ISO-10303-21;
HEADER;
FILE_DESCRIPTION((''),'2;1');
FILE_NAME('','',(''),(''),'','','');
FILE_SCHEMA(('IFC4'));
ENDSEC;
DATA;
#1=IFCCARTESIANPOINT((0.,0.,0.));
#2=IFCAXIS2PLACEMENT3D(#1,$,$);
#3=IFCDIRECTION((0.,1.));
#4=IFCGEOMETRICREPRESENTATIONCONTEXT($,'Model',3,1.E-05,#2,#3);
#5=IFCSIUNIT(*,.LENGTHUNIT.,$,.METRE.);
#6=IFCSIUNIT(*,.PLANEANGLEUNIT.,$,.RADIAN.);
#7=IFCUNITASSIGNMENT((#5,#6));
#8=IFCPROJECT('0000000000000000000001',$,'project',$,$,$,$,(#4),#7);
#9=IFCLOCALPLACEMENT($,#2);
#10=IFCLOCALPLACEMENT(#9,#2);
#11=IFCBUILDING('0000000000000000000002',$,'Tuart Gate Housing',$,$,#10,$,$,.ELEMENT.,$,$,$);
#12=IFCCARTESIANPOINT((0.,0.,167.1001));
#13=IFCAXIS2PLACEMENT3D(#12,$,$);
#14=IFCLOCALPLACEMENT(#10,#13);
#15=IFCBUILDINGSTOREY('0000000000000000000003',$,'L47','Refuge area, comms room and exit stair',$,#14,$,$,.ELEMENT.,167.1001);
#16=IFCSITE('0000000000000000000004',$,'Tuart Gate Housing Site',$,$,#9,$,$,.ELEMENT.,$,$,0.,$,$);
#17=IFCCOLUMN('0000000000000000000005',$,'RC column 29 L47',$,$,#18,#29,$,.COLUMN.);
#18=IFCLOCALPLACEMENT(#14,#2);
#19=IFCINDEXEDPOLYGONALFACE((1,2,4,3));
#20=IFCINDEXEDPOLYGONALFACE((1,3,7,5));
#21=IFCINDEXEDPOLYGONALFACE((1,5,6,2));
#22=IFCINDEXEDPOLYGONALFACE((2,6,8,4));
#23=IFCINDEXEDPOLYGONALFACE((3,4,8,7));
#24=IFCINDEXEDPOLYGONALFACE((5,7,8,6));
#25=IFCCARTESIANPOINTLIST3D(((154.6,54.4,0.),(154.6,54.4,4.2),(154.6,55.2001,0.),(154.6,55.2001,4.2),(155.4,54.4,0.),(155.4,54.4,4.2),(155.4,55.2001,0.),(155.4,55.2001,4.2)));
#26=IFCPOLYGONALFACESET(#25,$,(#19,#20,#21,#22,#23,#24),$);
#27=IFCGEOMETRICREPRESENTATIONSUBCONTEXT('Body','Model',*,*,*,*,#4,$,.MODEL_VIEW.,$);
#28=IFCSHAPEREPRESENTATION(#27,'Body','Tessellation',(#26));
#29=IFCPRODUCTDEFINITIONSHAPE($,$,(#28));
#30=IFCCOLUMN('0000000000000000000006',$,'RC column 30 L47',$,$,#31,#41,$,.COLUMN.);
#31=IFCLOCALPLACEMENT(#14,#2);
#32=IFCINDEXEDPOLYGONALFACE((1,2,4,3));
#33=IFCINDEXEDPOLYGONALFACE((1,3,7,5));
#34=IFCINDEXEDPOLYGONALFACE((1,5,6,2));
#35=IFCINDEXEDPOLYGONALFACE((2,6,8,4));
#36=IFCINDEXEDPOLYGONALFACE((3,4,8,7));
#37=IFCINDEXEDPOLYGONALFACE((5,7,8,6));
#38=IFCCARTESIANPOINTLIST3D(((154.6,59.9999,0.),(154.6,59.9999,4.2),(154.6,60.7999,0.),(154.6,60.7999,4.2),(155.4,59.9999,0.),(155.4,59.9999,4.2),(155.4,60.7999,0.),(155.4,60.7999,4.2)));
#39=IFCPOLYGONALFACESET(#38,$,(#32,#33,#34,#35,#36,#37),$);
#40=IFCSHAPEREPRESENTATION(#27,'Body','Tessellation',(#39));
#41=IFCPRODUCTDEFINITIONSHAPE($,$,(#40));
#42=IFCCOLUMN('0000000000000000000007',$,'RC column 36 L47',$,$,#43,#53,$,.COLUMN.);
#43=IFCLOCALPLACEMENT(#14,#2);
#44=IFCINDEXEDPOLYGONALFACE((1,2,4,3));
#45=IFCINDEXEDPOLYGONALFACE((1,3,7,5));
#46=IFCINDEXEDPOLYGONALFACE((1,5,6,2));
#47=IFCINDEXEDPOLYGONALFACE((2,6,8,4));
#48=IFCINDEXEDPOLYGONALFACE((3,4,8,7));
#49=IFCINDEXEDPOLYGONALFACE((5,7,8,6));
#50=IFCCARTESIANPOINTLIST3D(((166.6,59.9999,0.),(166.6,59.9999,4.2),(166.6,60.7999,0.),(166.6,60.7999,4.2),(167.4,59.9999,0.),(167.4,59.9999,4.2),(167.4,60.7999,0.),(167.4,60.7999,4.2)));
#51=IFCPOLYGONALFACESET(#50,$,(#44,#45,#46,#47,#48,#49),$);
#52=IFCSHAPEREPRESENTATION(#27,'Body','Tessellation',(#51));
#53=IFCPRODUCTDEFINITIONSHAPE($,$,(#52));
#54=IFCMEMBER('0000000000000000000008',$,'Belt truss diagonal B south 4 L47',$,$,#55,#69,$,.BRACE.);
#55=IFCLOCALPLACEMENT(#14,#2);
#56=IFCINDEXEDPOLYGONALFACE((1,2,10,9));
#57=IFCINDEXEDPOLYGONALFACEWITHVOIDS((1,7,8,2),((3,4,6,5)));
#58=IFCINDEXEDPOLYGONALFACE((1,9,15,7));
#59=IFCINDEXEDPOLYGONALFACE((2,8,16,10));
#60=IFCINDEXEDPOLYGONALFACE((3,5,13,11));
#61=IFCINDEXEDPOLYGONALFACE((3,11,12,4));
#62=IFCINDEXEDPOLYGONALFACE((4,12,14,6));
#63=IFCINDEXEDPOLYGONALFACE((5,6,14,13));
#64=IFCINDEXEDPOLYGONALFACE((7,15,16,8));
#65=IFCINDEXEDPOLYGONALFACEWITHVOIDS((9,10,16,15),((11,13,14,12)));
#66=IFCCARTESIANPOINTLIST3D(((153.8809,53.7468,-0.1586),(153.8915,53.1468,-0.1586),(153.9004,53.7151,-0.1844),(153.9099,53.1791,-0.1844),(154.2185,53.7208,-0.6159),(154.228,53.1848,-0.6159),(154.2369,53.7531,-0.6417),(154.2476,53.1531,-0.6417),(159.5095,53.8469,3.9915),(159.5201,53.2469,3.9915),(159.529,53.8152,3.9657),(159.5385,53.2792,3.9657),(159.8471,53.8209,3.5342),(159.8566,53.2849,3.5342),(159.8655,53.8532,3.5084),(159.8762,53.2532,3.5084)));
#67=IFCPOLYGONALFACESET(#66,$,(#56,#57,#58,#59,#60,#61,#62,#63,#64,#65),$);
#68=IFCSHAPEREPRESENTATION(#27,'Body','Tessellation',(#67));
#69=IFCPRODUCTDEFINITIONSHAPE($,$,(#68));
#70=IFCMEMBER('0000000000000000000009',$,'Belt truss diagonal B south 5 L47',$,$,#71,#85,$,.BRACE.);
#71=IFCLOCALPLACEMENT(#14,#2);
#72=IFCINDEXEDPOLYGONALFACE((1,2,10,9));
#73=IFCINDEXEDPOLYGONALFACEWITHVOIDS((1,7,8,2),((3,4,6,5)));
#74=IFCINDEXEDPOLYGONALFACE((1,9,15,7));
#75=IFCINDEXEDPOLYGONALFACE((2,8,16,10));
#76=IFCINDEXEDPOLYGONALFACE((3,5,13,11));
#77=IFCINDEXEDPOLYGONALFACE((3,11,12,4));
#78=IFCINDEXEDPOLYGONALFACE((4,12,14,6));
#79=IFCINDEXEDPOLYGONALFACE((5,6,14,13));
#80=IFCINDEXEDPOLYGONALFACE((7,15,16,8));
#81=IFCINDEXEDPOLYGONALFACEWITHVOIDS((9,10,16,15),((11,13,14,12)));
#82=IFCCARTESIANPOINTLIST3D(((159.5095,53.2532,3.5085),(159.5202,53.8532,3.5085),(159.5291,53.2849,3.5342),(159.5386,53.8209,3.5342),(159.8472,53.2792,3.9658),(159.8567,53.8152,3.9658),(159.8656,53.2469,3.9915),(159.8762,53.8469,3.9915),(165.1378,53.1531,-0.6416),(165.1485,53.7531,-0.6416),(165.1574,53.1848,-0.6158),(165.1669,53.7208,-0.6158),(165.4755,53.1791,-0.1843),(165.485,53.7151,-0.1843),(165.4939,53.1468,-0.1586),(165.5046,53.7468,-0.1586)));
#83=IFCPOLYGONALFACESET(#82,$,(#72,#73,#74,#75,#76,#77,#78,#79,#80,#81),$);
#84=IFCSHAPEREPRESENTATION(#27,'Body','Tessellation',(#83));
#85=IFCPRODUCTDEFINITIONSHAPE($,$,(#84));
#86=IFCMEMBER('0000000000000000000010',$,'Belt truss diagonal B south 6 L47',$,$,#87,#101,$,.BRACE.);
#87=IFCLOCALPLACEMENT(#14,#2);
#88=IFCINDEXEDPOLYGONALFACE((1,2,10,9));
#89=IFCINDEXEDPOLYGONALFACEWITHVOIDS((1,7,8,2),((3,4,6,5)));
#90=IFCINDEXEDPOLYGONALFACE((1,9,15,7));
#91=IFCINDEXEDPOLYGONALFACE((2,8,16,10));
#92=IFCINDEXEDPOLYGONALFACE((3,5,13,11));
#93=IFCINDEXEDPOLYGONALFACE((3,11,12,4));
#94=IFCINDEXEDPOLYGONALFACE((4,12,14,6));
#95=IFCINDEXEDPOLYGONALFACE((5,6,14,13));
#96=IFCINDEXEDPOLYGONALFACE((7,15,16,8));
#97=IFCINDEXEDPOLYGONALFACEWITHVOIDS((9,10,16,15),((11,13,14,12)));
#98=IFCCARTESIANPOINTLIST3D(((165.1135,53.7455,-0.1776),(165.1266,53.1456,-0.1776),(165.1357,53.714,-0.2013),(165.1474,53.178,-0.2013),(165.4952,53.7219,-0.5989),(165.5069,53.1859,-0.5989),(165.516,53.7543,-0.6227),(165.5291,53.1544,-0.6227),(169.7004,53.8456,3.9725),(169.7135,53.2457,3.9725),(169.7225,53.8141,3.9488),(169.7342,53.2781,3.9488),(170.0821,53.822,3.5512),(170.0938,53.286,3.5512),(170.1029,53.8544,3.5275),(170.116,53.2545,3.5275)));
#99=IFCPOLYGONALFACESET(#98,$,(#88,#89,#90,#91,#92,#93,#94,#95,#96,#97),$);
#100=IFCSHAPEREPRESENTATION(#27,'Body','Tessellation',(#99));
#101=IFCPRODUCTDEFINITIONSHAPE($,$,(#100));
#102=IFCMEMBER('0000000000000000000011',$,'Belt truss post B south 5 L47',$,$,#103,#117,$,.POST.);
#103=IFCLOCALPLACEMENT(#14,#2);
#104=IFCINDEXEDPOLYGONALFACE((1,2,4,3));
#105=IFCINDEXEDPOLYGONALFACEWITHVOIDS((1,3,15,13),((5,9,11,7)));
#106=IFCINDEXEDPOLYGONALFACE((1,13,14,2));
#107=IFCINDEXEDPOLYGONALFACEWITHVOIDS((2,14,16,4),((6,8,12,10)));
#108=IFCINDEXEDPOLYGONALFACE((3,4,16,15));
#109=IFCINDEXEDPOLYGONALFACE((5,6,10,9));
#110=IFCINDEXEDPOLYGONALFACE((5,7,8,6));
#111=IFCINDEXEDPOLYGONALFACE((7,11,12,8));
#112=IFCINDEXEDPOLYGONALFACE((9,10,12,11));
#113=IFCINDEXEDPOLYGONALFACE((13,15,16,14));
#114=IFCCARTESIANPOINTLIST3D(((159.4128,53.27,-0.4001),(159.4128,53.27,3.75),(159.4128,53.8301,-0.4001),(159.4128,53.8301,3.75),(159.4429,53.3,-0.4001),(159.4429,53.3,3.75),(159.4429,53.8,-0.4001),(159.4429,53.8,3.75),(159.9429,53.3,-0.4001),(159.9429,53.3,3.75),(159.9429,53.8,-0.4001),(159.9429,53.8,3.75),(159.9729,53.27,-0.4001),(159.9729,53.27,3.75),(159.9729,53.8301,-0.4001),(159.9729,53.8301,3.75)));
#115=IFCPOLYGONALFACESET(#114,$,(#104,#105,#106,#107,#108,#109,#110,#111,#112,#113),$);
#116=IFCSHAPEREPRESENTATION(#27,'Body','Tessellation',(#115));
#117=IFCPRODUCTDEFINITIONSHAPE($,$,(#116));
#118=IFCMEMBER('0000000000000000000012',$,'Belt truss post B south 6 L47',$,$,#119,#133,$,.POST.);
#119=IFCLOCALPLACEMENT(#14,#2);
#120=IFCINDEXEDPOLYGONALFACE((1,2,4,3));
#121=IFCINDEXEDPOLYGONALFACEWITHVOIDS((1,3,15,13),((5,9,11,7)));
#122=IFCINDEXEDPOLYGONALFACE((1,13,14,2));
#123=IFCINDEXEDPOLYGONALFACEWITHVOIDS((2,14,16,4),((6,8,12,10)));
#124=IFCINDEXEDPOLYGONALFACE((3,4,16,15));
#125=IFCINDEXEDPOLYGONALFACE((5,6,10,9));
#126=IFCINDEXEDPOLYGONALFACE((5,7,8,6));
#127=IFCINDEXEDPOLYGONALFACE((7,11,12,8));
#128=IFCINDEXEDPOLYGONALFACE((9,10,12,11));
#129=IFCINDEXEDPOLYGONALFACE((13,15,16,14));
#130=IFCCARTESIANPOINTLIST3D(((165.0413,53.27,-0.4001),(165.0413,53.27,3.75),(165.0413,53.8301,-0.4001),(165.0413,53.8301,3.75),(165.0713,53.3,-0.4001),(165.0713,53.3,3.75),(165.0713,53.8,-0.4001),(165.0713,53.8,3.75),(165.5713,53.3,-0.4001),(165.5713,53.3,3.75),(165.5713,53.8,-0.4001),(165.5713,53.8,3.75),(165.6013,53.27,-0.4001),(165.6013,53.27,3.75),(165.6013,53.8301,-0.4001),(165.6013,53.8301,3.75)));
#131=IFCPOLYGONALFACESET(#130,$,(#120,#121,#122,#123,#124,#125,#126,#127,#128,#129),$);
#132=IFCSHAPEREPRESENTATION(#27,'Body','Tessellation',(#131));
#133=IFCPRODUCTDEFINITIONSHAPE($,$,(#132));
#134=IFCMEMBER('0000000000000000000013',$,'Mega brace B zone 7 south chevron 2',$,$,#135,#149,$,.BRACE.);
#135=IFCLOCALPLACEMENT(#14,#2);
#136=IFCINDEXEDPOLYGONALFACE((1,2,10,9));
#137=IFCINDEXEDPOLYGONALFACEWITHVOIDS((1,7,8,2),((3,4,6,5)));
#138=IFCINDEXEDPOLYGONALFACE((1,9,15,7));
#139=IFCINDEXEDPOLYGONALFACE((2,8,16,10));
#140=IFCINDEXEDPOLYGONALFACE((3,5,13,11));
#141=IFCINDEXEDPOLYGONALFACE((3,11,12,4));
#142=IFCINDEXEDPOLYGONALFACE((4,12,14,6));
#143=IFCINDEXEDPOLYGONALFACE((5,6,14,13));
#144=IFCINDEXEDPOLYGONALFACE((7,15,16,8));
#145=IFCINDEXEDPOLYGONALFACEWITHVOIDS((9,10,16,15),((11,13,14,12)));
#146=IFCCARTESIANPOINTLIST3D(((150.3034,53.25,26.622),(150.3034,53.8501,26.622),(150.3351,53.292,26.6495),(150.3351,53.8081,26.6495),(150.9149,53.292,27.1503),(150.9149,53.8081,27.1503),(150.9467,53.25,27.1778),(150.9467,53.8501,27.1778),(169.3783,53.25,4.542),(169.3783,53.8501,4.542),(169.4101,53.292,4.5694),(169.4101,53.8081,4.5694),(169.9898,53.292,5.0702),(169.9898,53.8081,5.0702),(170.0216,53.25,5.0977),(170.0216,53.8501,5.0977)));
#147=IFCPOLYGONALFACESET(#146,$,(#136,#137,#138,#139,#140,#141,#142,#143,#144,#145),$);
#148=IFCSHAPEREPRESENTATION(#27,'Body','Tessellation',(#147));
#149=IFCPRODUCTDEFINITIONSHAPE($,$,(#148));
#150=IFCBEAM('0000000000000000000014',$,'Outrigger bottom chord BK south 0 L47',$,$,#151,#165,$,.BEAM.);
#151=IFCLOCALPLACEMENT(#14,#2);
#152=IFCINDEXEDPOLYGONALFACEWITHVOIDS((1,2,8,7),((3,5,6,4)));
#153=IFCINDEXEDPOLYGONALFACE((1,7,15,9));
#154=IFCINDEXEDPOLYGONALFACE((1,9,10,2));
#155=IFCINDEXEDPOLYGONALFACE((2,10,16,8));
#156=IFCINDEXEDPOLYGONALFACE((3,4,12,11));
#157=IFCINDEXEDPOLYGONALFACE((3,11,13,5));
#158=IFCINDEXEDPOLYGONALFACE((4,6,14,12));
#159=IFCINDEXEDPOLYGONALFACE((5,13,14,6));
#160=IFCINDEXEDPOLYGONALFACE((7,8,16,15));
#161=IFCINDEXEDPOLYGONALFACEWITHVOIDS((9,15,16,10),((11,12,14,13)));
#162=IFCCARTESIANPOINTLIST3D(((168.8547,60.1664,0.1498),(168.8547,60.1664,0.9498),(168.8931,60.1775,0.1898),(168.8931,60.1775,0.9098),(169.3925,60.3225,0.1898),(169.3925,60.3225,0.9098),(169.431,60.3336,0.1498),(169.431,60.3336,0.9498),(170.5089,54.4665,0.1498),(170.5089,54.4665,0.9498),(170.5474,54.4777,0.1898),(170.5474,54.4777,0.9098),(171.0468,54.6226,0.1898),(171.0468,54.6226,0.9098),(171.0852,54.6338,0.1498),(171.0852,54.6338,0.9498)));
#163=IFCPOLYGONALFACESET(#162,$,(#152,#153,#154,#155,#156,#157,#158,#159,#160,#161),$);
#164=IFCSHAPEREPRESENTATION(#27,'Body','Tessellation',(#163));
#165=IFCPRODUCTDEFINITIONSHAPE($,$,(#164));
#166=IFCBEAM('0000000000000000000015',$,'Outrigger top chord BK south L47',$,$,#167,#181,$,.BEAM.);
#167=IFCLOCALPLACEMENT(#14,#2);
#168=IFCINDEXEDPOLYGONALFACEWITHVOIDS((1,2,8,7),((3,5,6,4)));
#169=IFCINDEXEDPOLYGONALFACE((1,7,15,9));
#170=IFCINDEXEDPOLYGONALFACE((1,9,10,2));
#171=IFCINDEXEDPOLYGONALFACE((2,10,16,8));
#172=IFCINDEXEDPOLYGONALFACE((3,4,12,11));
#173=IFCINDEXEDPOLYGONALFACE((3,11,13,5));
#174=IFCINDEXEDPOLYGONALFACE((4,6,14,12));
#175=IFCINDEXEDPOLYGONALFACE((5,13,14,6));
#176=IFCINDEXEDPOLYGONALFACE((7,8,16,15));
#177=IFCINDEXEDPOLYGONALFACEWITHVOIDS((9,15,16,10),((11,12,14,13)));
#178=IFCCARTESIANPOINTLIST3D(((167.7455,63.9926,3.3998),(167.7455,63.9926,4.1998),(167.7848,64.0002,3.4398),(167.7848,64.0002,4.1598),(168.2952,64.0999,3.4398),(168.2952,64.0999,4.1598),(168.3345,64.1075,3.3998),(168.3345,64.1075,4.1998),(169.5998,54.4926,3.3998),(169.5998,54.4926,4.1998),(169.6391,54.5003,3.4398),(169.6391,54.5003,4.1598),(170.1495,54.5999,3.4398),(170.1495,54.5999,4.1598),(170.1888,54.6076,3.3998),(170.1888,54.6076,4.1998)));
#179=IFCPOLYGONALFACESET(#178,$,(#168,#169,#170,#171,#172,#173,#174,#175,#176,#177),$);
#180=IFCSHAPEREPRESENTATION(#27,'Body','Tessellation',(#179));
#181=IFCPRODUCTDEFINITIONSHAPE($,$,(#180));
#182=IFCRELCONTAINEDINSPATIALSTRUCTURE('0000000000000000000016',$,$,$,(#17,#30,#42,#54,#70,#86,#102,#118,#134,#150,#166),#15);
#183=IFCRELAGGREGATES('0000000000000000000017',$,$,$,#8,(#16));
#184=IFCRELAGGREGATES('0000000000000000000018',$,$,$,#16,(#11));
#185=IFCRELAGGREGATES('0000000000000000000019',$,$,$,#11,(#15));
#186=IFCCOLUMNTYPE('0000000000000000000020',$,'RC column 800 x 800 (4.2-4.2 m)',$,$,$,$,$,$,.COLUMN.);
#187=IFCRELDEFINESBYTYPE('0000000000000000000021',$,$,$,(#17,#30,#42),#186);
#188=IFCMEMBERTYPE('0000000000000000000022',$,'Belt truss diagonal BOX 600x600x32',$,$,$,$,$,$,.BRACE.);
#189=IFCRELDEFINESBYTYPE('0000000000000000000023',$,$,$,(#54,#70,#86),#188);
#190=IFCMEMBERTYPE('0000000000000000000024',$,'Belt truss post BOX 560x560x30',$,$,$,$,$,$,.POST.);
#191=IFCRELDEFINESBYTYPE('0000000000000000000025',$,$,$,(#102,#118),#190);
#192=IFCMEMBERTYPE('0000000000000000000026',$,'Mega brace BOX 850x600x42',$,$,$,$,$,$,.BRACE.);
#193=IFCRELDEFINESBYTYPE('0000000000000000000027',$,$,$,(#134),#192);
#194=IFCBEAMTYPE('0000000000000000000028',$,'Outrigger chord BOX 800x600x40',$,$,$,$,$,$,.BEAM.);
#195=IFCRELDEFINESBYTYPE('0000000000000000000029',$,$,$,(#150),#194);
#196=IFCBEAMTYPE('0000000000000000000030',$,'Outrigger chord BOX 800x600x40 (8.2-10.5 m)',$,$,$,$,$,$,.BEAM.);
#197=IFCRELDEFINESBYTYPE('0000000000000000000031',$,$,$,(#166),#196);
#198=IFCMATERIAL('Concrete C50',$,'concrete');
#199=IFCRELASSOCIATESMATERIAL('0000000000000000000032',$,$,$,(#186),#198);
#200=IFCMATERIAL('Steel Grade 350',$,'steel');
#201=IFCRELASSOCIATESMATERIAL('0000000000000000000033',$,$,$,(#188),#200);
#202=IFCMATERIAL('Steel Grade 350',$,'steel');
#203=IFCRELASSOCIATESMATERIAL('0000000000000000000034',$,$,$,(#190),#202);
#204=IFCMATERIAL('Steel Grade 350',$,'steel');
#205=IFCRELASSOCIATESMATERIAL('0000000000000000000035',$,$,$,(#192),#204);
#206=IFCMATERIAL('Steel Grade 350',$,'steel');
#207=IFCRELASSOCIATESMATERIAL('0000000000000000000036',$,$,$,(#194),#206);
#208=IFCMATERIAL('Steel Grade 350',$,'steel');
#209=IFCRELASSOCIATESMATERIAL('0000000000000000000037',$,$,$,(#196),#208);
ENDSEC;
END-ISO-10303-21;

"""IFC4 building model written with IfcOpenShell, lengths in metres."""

from ifc_helpers import new_model, si_unit, direction, frame, origin, origin_2d, place, context, subcontext, project, spatial, rectangle, hollow_rectangle, extrude, material, material_profile, profile_set, type_object, element, save


model = new_model("IFC4")

# Units and contexts
model_context = context("Model", 3, precision=1e-05, world=origin(), true_north=direction((0.0, 1.0)))
body_context = subcontext(model_context, "Body", "Model", "MODEL_VIEW")
ifc_project = project(units=[si_unit("LENGTHUNIT", "METRE"), si_unit("PLANEANGLEUNIT", "RADIAN")], contexts=[model_context])

# Site, building, storey
site_placement = place(None, origin())
site = spatial("IfcSite", under=ifc_project, at=site_placement, Name="Tuart Gate Housing Site", CompositionType="ELEMENT", RefElevation=0.0)
building_placement = place(site_placement, origin())
building = spatial("IfcBuilding", under=site, at=building_placement, Name="Tuart Gate Housing", CompositionType="ELEMENT")
storey_placement = place(building_placement, frame((0.0, 0.0, 167.1001)))
storey = spatial("IfcBuildingStorey", under=building, at=storey_placement, Name="L47", Description="Refuge area, comms room and exit stair", CompositionType="ELEMENT", Elevation=167.1001)

# Columns
ifc_material_1 = material(Name="Concrete C50", Category="concrete")
ifc_material_profile_1 = material_profile(ifc_material_1, rectangle(XDim=0.8, YDim=0.8, at=origin_2d()), Name="RC column 800 x 800 (4.2-4.2 m)")
ifc_profile_set_1 = profile_set([ifc_material_profile_1], Name="Concrete C50")
column_type = type_object("IfcColumnType", Name="RC column 800 x 800 (4.2-4.2 m)", PredefinedType="COLUMN", material=ifc_profile_set_1)
for number, where, z_axis, x_axis, name in (
    (1, (155.0, 54.8, 0.0), (0.0, 0.0, 1.0), (1.0, 0.0, 0.0), "RC column 29 L47"),
    (2, (155.0, 60.3999, 0.0), (0.0, 0.0, 1.0), (1.0, 0.0, 0.0), "RC column 30 L47"),
    (3, (167.0, 60.3999, 0.0), (0.0, 0.0, 1.0), (1.0, 0.0, 0.0), "RC column 36 L47"),
):
    element("IfcColumn", number, at=place(storey_placement, frame(where, z_axis=z_axis, x_axis=x_axis)), inside=storey, type_object=column_type, Name=name, PredefinedType="COLUMN", context=body_context, shape_type="SweptSolid", body=[
        extrude(rectangle(XDim=0.8, YDim=0.8, at=origin_2d()), origin(), (0.0, 0.0, 1.0), 4.2),
    ])

# Members
ifc_material_2 = material(Name="Steel Grade 350", Category="steel")
ifc_material_profile_2 = material_profile(ifc_material_2, hollow_rectangle(XDim=0.6001, YDim=0.6001, WallThickness=0.032, at=origin_2d()), Name="BOX 600x600x32")
ifc_profile_set_2 = profile_set([ifc_material_profile_2], Name="Steel Grade 350")
member_type_1 = type_object("IfcMemberType", Name="Belt truss diagonal BOX 600x600x32", PredefinedType="BRACE", material=ifc_profile_set_2)
member_1_placement = place(storey_placement, frame((154.0642, 53.45, -0.4001), z_axis=(0.804788, 0.014312, 0.593389), x_axis=(-0.017781, 0.999842, 0.0)))
element("IfcMember", 4, at=member_1_placement, inside=storey, type_object=member_type_1, Name="Belt truss diagonal B south 4 L47", PredefinedType="BRACE", context=body_context, shape_type="SweptSolid", body=[
    extrude(hollow_rectangle(XDim=0.6001, YDim=0.6001, WallThickness=0.032, at=origin_2d()), origin(), (0.0, 0.0, 1.0), 6.9939),
])
member_2_placement = place(storey_placement, frame((159.6929, 53.55, 3.75), z_axis=(0.804776, -0.014312, -0.593406), x_axis=(0.017782, 0.999842, 0.0)))
element("IfcMember", 5, at=member_2_placement, inside=storey, type_object=member_type_1, Name="Belt truss diagonal B south 5 L47", PredefinedType="BRACE", context=body_context, shape_type="SweptSolid", body=[
    extrude(hollow_rectangle(XDim=0.6001, YDim=0.6001, WallThickness=0.032, at=origin_2d()), origin(), (0.0, 0.0, 1.0), 6.9937),
])
member_3_placement = place(storey_placement, frame((165.3213, 53.45, -0.4001), z_axis=(0.741432, 0.01618, 0.670833), x_axis=(-0.021817, 0.999762, 0.0)))
element("IfcMember", 6, at=member_3_placement, inside=storey, type_object=member_type_1, Name="Belt truss diagonal B south 6 L47", PredefinedType="BRACE", context=body_context, shape_type="SweptSolid", body=[
    extrude(hollow_rectangle(XDim=0.6001, YDim=0.6001, WallThickness=0.032, at=origin_2d()), origin(), (0.0, 0.0, 1.0), 6.1865),
])
ifc_material_3 = material(Name="Steel Grade 350", Category="steel")
ifc_material_profile_3 = material_profile(ifc_material_3, hollow_rectangle(XDim=0.5601, YDim=0.5601, WallThickness=0.03, at=origin_2d()), Name="BOX 560x560x30")
ifc_profile_set_3 = profile_set([ifc_material_profile_3], Name="Steel Grade 350")
member_type_2 = type_object("IfcMemberType", Name="Belt truss post BOX 560x560x30", PredefinedType="POST", material=ifc_profile_set_3)
for number, where, z_axis, x_axis, name in (
    (7, (159.6929, 53.55, -0.4001), (0.0, 0.0, 1.0), (1.0, 0.0, 0.0), "Belt truss post B south 5 L47"),
    (8, (165.3213, 53.55, -0.4001), (0.0, 0.0, 1.0), (1.0, 0.0, 0.0), "Belt truss post B south 6 L47"),
):
    element("IfcMember", number, at=place(storey_placement, frame(where, z_axis=z_axis, x_axis=x_axis)), inside=storey, type_object=member_type_2, Name=name, PredefinedType="POST", context=body_context, shape_type="SweptSolid", body=[
        extrude(hollow_rectangle(XDim=0.5601, YDim=0.5601, WallThickness=0.03, at=origin_2d()), origin(), (0.0, 0.0, 1.0), 4.1501),
    ])
ifc_material_4 = material(Name="Steel Grade 350", Category="steel")
ifc_material_profile_4 = material_profile(ifc_material_4, hollow_rectangle(XDim=0.6001, YDim=0.8501, WallThickness=0.042, at=origin_2d()), Name="BOX 850x600x42")
ifc_profile_set_4 = profile_set([ifc_material_profile_4], Name="Steel Grade 350")
member_type_3 = type_object("IfcMemberType", Name="Mega brace BOX 850x600x42", PredefinedType="BRACE", material=ifc_profile_set_4)
member_4_placement = place(storey_placement, frame((169.7, 53.55, 4.8198), z_axis=(-0.653734, 0.0, 0.756725), x_axis=(0.0, -1.0, 0.0)))
element("IfcMember", 9, at=member_4_placement, inside=storey, type_object=member_type_3, Name="Mega brace B zone 7 south chevron 2", PredefinedType="BRACE", context=body_context, shape_type="SweptSolid", body=[
    extrude(hollow_rectangle(XDim=0.6001, YDim=0.8501, WallThickness=0.042, at=origin_2d()), origin(), (0.0, 0.0, 1.0), 29.1785),
])

# Beams
ifc_material_5 = material(Name="Steel Grade 350", Category="steel")
ifc_material_profile_5 = material_profile(ifc_material_5, hollow_rectangle(XDim=0.6001, YDim=0.8, WallThickness=0.04, at=origin_2d()), Name="BOX 800x600x40")
ifc_profile_set_5 = profile_set([ifc_material_profile_5], Name="Steel Grade 350")
beam_type_1 = type_object("IfcBeamType", Name="Outrigger chord BOX 800x600x40", PredefinedType="BEAM", material=ifc_profile_set_5)
beam_1_placement = place(storey_placement, frame((169.1428, 60.25, 0.5498), z_axis=(0.278728, -0.96037, 0.0), x_axis=(0.96037, 0.278728, 0.0)))
element("IfcBeam", 10, at=beam_1_placement, inside=storey, type_object=beam_type_1, Name="Outrigger bottom chord BK south 0 L47", PredefinedType="BEAM", context=body_context, shape_type="SweptSolid", body=[
    extrude(hollow_rectangle(XDim=0.6001, YDim=0.8, WallThickness=0.04, at=origin_2d()), origin(), (0.0, 0.0, 1.0), 5.9351),
])
ifc_material_6 = material(Name="Steel Grade 350", Category="steel")
ifc_material_profile_6 = material_profile(ifc_material_6, hollow_rectangle(XDim=0.6001, YDim=0.8, WallThickness=0.04, at=origin_2d()), Name="BOX 800x600x40")
ifc_profile_set_6 = profile_set([ifc_material_profile_6], Name="Steel Grade 350")
beam_type_2 = type_object("IfcBeamType", Name="Outrigger chord BOX 800x600x40 (8.2-10.5 m)", PredefinedType="BEAM", material=ifc_profile_set_6)
beam_2_placement = place(storey_placement, frame((168.04, 64.05, 3.7998), z_axis=(0.191569, -0.981479, 0.0), x_axis=(0.981479, 0.191569, 0.0)))
element("IfcBeam", 11, at=beam_2_placement, inside=storey, type_object=beam_type_2, Name="Outrigger top chord BK south L47", PredefinedType="BEAM", context=body_context, shape_type="SweptSolid", body=[
    extrude(hollow_rectangle(XDim=0.6001, YDim=0.8, WallThickness=0.04, at=origin_2d()), origin(), (0.0, 0.0, 1.0), 9.6792),
])

save(model, "model.ifc")
